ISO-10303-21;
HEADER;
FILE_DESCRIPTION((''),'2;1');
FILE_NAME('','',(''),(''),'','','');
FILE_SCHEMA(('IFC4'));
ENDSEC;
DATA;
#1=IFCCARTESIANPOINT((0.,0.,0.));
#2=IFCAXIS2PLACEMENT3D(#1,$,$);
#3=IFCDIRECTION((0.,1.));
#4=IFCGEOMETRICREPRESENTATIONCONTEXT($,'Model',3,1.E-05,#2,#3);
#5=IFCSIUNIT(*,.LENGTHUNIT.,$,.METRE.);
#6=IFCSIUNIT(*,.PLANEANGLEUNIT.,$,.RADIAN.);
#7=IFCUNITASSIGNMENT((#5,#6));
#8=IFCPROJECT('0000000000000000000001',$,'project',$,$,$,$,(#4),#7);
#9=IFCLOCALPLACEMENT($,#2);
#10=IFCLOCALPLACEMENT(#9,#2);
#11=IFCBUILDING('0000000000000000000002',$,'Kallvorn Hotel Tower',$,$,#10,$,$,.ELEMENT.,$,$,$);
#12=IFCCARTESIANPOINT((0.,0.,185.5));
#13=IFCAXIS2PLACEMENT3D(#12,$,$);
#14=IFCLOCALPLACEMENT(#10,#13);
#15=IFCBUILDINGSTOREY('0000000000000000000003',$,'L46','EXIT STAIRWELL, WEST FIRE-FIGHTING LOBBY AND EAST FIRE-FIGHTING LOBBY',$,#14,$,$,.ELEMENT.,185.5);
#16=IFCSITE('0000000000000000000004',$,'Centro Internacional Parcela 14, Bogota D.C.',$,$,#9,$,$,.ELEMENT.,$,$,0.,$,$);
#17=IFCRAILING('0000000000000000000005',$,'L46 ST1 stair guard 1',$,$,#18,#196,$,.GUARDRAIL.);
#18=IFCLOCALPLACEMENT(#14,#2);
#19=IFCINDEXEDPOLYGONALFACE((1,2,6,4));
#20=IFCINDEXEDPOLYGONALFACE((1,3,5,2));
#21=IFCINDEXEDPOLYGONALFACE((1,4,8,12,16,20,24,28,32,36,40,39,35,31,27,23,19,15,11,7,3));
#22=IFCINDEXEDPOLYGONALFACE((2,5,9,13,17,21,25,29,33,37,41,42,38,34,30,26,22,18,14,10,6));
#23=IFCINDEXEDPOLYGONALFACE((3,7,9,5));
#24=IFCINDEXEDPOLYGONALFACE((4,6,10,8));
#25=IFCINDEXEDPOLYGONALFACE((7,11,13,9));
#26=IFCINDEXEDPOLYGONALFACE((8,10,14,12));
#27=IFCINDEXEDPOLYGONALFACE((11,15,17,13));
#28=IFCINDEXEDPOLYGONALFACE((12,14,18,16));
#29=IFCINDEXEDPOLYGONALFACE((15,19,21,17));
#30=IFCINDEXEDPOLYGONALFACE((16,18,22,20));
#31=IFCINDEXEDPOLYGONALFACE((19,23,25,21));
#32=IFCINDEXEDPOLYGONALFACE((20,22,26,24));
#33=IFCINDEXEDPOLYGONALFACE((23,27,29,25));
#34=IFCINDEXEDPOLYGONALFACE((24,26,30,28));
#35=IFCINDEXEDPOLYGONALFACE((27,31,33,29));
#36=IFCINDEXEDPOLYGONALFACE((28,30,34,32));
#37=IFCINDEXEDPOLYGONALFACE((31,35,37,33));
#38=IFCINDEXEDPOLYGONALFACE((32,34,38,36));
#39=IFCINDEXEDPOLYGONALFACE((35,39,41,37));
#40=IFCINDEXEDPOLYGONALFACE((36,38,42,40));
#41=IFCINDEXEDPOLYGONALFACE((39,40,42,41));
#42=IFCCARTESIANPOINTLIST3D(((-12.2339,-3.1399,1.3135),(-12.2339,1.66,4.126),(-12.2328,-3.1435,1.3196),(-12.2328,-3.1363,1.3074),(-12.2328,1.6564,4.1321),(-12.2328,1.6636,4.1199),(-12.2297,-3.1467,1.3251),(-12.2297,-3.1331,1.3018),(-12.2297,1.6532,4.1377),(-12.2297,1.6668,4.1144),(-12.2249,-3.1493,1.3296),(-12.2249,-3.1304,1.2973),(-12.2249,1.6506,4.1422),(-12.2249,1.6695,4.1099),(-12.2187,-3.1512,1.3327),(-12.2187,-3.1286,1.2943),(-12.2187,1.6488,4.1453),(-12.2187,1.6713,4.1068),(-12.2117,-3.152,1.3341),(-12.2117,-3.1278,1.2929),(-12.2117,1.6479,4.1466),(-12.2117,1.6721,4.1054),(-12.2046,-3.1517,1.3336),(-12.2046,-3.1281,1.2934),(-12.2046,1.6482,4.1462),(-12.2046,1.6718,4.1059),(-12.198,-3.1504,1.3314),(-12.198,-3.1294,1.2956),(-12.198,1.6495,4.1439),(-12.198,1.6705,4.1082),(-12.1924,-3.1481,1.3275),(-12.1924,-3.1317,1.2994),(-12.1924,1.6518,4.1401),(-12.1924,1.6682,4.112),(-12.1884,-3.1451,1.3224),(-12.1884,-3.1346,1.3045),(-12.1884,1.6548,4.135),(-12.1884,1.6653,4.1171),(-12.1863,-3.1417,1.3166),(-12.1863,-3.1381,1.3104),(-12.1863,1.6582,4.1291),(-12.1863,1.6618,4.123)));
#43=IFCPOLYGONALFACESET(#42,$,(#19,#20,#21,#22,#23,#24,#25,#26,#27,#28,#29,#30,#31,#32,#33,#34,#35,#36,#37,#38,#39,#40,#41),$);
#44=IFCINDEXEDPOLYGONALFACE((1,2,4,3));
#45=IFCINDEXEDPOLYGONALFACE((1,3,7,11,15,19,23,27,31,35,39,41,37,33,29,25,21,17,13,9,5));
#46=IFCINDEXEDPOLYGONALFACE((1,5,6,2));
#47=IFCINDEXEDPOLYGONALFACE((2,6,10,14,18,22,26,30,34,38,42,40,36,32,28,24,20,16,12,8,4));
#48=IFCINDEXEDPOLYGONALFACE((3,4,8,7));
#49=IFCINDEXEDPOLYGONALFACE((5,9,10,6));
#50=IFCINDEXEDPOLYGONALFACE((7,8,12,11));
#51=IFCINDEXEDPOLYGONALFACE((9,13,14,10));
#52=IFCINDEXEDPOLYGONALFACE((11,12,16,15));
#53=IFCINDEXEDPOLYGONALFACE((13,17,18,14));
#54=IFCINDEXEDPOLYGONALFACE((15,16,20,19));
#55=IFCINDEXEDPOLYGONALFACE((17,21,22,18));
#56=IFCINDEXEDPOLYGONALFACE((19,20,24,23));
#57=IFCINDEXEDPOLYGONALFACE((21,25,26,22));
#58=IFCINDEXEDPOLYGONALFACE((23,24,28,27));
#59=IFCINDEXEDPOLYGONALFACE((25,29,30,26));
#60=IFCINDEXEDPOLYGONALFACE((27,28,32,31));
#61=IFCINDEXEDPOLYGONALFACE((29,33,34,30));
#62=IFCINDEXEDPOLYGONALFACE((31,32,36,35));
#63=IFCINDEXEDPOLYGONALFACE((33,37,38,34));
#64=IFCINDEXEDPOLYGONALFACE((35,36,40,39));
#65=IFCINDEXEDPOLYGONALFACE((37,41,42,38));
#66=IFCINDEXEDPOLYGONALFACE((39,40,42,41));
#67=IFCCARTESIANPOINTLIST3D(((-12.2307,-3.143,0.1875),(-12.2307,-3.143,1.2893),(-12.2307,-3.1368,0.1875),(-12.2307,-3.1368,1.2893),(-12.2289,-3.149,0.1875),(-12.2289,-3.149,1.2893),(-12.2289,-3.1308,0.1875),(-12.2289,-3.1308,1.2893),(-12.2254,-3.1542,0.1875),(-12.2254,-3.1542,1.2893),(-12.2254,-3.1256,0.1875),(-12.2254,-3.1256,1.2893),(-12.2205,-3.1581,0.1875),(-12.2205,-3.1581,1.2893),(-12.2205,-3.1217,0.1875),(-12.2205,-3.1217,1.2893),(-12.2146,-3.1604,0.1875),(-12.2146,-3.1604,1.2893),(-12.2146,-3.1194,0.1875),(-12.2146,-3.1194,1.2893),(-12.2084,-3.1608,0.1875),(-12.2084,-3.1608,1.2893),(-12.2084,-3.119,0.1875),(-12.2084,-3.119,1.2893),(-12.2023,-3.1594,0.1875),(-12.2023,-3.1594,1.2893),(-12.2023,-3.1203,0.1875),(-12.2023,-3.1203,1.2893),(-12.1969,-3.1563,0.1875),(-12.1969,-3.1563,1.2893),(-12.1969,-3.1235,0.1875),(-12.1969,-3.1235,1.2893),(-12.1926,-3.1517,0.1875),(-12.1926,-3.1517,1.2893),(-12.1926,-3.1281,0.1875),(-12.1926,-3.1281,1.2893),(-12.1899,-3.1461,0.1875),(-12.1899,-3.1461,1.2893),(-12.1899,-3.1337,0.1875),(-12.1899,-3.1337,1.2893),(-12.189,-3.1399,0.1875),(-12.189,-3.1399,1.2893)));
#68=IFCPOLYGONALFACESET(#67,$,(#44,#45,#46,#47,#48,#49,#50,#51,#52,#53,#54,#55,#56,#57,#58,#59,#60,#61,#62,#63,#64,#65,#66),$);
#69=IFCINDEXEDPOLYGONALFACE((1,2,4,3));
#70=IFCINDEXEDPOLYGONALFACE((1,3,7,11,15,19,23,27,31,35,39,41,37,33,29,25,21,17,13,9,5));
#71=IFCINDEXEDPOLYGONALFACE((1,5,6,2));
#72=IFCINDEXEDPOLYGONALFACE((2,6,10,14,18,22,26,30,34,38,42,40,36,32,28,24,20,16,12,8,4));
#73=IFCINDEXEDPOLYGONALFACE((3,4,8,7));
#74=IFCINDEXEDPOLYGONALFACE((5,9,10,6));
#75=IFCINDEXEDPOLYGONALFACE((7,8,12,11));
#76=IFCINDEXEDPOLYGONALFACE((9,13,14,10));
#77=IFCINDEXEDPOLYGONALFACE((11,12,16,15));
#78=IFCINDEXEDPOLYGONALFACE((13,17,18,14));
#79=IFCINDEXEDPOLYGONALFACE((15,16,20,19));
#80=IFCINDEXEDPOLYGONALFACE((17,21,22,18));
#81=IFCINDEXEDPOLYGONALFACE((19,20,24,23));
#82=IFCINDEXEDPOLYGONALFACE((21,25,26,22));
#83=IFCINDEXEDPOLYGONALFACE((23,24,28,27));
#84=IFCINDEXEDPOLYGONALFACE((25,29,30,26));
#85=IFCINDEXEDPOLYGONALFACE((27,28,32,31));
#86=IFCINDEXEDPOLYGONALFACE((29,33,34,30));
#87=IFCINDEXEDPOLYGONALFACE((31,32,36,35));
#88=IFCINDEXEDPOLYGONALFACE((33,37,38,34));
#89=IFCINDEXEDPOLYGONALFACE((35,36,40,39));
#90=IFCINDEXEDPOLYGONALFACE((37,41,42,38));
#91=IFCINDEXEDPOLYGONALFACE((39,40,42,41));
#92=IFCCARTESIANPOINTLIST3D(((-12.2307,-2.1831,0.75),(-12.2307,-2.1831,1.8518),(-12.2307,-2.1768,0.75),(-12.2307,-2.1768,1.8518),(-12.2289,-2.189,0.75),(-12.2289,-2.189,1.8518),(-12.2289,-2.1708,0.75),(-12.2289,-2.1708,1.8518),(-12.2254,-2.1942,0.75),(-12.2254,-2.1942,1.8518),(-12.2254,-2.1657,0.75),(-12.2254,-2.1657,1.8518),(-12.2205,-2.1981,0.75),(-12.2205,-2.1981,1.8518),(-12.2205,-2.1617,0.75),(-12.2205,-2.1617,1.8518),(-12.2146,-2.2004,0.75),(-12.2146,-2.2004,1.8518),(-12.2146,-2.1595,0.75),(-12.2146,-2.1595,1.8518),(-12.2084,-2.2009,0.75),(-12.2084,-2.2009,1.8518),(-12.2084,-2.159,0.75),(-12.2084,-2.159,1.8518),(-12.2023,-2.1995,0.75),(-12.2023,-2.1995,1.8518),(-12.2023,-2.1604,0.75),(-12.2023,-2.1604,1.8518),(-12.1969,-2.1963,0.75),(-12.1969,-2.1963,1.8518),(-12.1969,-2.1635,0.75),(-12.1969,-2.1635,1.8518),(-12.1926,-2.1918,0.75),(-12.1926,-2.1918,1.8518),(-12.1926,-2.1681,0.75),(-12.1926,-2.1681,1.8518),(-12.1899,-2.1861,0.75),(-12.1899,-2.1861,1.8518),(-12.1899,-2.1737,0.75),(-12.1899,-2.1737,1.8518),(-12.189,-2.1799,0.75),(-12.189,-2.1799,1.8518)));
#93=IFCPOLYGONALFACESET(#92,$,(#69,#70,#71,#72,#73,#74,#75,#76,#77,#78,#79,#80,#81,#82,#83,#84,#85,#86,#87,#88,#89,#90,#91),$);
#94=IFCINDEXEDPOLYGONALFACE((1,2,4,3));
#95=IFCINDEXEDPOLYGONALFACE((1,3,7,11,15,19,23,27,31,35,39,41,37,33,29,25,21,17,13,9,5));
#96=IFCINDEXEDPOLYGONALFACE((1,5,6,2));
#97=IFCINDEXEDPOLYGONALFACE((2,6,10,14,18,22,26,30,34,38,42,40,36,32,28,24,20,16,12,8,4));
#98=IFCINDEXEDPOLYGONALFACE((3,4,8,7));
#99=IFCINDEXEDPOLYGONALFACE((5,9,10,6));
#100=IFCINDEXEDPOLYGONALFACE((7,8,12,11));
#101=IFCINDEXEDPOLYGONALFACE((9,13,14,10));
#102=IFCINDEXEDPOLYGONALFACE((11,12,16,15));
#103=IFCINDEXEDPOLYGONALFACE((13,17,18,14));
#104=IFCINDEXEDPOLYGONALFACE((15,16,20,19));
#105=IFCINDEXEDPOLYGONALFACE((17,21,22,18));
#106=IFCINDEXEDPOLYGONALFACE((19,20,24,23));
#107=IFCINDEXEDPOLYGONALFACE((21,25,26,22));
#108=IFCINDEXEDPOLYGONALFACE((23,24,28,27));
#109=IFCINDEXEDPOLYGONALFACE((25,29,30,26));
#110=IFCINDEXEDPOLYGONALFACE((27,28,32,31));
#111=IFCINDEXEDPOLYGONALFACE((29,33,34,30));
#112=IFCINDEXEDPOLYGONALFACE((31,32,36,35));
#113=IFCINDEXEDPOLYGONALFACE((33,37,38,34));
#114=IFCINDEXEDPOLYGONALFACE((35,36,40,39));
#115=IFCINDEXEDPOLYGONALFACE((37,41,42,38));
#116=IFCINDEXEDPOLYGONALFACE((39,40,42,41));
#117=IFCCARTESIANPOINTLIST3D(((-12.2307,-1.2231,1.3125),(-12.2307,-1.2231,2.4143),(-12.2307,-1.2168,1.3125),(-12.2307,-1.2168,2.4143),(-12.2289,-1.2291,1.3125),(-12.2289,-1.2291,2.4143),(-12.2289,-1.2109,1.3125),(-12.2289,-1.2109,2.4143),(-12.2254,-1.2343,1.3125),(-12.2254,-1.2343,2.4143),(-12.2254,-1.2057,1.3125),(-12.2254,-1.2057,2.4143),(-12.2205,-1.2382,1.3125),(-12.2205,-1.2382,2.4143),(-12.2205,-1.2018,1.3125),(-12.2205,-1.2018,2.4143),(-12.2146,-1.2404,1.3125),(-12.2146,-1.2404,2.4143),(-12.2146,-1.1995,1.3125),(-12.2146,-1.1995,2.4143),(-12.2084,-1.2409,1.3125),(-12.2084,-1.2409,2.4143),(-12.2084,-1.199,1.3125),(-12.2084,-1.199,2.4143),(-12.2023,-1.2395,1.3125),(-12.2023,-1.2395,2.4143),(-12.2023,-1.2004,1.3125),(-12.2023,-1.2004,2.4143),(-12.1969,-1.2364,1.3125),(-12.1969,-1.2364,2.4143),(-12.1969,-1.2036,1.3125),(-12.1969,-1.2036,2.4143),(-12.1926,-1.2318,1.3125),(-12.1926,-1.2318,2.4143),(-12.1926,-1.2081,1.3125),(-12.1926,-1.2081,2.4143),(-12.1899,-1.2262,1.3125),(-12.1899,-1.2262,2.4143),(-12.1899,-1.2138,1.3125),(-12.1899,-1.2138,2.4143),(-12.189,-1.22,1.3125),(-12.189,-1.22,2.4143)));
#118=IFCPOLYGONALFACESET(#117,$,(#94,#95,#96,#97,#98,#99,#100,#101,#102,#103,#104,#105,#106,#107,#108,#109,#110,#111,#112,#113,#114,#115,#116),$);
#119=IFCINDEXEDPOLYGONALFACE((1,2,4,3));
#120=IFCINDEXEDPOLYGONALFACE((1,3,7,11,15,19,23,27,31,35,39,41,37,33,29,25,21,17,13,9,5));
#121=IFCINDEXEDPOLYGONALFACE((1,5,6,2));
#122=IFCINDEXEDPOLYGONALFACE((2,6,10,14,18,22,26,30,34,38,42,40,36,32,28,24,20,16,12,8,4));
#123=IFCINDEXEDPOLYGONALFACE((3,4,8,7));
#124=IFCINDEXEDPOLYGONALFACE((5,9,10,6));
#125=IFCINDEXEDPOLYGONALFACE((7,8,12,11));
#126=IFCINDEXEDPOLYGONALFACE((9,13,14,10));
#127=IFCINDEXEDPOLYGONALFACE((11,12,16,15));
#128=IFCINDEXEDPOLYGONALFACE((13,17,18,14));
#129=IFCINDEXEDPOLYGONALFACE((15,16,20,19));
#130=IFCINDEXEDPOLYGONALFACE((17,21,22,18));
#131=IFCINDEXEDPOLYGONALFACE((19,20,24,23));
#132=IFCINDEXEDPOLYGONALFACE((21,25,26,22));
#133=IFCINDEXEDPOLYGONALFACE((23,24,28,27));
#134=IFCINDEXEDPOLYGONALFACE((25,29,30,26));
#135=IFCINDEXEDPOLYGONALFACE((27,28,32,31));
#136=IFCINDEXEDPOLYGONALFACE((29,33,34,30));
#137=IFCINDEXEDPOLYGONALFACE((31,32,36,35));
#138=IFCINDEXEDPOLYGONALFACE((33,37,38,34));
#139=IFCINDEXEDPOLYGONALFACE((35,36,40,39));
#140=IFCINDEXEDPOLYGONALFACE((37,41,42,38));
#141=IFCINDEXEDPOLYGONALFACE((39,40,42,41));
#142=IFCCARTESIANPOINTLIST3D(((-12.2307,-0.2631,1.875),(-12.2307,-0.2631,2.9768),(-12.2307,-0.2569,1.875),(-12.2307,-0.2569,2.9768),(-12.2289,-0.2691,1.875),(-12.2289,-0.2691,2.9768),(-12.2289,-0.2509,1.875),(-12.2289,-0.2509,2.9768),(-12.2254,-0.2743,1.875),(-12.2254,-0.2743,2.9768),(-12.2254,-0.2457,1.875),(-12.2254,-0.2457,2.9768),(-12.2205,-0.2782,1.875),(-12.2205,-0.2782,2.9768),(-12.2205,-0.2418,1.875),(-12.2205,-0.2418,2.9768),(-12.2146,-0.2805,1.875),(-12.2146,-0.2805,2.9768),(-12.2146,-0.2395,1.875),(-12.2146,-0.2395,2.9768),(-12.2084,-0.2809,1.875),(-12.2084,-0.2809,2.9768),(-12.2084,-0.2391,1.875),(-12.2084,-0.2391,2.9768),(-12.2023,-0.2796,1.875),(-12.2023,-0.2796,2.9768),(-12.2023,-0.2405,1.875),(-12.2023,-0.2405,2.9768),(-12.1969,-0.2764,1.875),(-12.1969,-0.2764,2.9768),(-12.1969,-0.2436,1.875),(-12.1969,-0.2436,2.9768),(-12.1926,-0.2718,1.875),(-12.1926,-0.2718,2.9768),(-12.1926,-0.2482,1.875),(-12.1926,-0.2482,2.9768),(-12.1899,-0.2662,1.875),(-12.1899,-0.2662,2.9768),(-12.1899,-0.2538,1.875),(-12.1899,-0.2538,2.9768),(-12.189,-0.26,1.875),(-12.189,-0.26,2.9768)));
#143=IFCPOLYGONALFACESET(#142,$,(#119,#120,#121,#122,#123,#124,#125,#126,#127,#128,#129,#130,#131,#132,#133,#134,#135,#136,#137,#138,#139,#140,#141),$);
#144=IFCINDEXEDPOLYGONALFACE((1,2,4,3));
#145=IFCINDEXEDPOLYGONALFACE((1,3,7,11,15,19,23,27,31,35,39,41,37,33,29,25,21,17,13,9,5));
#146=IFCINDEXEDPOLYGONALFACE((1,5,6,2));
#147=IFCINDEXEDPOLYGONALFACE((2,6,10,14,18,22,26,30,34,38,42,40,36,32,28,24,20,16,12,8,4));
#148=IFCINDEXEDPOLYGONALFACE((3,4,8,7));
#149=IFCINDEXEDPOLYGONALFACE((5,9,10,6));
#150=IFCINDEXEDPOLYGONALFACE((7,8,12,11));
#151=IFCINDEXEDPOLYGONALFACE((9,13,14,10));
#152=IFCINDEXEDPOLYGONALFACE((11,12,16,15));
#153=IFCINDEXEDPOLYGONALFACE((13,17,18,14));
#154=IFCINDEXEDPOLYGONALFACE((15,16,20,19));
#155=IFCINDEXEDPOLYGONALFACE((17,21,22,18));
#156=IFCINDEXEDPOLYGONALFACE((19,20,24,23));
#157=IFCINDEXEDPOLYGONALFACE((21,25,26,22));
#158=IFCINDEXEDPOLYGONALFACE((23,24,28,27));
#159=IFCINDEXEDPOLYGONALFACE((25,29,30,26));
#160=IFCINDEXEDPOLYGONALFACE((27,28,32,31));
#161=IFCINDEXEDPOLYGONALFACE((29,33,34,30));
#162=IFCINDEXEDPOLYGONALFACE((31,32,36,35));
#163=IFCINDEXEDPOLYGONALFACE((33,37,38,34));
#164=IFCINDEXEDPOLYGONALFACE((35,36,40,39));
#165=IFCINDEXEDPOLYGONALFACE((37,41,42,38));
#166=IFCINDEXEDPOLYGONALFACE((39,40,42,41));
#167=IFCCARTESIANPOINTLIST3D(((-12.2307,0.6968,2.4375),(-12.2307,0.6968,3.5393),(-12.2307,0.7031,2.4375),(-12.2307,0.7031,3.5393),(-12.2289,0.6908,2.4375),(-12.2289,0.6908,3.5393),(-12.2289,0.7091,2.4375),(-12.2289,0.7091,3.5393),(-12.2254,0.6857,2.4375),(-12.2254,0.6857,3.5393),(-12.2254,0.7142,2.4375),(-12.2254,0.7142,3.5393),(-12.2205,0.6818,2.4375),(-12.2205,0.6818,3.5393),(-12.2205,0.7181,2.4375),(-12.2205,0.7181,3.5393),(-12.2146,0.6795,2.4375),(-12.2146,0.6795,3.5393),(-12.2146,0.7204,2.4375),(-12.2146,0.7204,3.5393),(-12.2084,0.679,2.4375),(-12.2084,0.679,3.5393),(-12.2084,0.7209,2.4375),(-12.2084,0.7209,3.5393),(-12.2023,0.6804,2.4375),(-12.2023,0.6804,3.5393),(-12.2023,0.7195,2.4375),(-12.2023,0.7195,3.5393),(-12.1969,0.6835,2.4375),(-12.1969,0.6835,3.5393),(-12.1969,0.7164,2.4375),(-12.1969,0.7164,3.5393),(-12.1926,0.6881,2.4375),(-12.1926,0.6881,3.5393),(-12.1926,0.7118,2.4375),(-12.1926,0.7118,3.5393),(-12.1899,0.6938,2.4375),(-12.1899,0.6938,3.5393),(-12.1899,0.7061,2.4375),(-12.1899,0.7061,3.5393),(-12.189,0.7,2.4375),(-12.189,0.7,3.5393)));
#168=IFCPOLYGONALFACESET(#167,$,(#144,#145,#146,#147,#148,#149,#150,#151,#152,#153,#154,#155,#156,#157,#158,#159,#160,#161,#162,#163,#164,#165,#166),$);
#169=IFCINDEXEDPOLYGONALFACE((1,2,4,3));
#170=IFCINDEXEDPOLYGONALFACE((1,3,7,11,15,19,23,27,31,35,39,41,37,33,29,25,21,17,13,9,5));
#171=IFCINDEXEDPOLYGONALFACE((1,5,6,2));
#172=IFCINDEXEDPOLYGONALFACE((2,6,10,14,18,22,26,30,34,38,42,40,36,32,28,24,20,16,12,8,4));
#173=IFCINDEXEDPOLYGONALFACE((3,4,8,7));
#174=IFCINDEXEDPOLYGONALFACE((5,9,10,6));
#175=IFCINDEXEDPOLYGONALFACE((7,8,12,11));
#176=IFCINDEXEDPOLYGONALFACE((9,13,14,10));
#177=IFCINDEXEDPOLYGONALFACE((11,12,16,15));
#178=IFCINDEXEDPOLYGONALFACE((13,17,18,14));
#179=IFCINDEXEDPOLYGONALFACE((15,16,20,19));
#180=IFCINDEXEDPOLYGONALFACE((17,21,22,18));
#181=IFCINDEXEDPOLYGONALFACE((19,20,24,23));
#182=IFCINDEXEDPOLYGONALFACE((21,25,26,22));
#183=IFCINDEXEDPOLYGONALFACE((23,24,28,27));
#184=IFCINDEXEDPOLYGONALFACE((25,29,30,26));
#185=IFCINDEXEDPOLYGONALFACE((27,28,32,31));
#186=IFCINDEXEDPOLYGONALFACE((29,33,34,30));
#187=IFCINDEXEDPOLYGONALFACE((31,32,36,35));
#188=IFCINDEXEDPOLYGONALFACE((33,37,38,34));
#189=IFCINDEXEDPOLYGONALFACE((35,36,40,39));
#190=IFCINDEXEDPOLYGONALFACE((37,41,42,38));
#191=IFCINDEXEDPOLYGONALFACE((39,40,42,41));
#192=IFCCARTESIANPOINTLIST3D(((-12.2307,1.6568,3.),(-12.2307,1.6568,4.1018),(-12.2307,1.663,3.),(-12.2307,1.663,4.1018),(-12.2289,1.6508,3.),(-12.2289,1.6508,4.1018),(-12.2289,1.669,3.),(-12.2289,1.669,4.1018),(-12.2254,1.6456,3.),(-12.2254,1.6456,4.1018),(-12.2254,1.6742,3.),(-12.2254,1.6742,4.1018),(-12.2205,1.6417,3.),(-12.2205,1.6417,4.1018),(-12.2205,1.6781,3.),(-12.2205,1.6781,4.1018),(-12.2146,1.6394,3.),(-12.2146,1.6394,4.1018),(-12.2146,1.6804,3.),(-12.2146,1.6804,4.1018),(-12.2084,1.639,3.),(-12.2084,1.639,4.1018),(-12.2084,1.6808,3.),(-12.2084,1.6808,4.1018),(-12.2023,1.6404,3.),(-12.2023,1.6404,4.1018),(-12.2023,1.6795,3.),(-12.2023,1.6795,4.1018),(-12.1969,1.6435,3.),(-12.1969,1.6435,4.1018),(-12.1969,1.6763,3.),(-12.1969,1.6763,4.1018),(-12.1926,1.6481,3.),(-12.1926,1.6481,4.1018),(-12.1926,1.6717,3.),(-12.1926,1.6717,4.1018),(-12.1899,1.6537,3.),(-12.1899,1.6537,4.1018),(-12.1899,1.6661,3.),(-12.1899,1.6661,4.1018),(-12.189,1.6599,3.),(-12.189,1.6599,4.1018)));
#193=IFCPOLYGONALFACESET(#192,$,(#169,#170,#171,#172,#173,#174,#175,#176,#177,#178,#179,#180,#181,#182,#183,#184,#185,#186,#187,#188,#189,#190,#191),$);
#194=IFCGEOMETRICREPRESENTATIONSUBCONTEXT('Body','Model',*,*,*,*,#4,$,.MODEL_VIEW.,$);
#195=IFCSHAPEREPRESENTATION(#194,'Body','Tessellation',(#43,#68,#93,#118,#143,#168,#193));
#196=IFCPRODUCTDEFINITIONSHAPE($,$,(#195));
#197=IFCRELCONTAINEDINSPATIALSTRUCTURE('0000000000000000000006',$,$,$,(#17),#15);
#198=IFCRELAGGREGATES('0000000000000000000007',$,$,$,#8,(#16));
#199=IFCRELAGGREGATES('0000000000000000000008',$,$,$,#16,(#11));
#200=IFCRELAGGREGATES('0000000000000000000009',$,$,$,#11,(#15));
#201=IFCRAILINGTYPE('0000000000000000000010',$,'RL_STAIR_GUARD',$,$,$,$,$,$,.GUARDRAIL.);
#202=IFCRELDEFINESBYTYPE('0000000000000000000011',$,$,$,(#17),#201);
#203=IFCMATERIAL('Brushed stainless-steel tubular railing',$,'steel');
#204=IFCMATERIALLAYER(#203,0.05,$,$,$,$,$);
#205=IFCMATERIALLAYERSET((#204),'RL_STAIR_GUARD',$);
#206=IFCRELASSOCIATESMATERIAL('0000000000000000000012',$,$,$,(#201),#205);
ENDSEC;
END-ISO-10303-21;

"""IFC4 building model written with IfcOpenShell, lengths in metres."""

from ifc_helpers import new_model, si_unit, direction, frame, origin, origin_2d, place, context, subcontext, project, spatial, circle, extrude, material, layer, layer_set, type_object, element, save


model = new_model("IFC4")

# Units and contexts
model_context = context("Model", 3, precision=1e-05, world=origin(), true_north=direction((0.0, 1.0)))
body_context = subcontext(model_context, "Body", "Model", "MODEL_VIEW")
ifc_project = project(units=[si_unit("LENGTHUNIT", "METRE"), si_unit("PLANEANGLEUNIT", "RADIAN")], contexts=[model_context])

# Site, building, storey
site_placement = place(None, origin())
site = spatial("IfcSite", under=ifc_project, at=site_placement, Name="Centro Internacional Parcela 14, Bogota D.C.", CompositionType="ELEMENT", RefElevation=0.0)
building_placement = place(site_placement, origin())
building = spatial("IfcBuilding", under=site, at=building_placement, Name="Kallvorn Hotel Tower", CompositionType="ELEMENT")
storey_placement = place(building_placement, frame((0.0, 0.0, 185.5)))
storey = spatial("IfcBuildingStorey", under=building, at=storey_placement, Name="L46", Description="EXIT STAIRWELL, WEST FIRE-FIGHTING LOBBY AND EAST FIRE-FIGHTING LOBBY", CompositionType="ELEMENT", Elevation=185.5)

# Railing
ifc_material_1 = material(Name="Brushed stainless-steel tubular railing", Category="steel")
ifc_layer_1 = layer(ifc_material_1, 0.05)
ifc_layer_set_1 = layer_set([ifc_layer_1], Name="RL_STAIR_GUARD")
railing_type_1 = type_object("IfcRailingType", Name="RL_STAIR_GUARD", PredefinedType="GUARDRAIL", material=ifc_layer_set_1)
railing_1_placement = place(storey_placement, frame((-12.21, -3.1399, 0.1875)))
element("IfcRailing", 1, at=railing_1_placement, inside=storey, type_object=railing_type_1, Name="L46 ST1 stair guard 1", PredefinedType="GUARDRAIL", context=body_context, shape_type="SweptSolid", body=[
    extrude(circle(Radius=0.0239, at=origin_2d()), frame((0.0, 0.0, 1.126), z_axis=(0.0, 0.86279, 0.505562), x_axis=(-1.0, 0.0, 0.0)), (0.0, 0.0, 1.0), 5.5632),
    extrude(circle(Radius=0.021, at=origin_2d()), origin(), (0.0, 0.0, 1.0), 1.1018),
    extrude(circle(Radius=0.021, at=origin_2d()), frame((0.0, 0.96, 0.5625)), (0.0, 0.0, 1.0), 1.1018),
    extrude(circle(Radius=0.021, at=origin_2d()), frame((0.0, 1.9199, 1.125)), (0.0, 0.0, 1.0), 1.1018),
    extrude(circle(Radius=0.021, at=origin_2d()), frame((0.0, 2.8799, 1.6875)), (0.0, 0.0, 1.0), 1.1018),
    extrude(circle(Radius=0.021, at=origin_2d()), frame((0.0, 3.8398, 2.25)), (0.0, 0.0, 1.0), 1.1018),
    extrude(circle(Radius=0.021, at=origin_2d()), frame((0.0, 4.7998, 2.8125)), (0.0, 0.0, 1.0), 1.1018),
])

save(model, "model.ifc")
